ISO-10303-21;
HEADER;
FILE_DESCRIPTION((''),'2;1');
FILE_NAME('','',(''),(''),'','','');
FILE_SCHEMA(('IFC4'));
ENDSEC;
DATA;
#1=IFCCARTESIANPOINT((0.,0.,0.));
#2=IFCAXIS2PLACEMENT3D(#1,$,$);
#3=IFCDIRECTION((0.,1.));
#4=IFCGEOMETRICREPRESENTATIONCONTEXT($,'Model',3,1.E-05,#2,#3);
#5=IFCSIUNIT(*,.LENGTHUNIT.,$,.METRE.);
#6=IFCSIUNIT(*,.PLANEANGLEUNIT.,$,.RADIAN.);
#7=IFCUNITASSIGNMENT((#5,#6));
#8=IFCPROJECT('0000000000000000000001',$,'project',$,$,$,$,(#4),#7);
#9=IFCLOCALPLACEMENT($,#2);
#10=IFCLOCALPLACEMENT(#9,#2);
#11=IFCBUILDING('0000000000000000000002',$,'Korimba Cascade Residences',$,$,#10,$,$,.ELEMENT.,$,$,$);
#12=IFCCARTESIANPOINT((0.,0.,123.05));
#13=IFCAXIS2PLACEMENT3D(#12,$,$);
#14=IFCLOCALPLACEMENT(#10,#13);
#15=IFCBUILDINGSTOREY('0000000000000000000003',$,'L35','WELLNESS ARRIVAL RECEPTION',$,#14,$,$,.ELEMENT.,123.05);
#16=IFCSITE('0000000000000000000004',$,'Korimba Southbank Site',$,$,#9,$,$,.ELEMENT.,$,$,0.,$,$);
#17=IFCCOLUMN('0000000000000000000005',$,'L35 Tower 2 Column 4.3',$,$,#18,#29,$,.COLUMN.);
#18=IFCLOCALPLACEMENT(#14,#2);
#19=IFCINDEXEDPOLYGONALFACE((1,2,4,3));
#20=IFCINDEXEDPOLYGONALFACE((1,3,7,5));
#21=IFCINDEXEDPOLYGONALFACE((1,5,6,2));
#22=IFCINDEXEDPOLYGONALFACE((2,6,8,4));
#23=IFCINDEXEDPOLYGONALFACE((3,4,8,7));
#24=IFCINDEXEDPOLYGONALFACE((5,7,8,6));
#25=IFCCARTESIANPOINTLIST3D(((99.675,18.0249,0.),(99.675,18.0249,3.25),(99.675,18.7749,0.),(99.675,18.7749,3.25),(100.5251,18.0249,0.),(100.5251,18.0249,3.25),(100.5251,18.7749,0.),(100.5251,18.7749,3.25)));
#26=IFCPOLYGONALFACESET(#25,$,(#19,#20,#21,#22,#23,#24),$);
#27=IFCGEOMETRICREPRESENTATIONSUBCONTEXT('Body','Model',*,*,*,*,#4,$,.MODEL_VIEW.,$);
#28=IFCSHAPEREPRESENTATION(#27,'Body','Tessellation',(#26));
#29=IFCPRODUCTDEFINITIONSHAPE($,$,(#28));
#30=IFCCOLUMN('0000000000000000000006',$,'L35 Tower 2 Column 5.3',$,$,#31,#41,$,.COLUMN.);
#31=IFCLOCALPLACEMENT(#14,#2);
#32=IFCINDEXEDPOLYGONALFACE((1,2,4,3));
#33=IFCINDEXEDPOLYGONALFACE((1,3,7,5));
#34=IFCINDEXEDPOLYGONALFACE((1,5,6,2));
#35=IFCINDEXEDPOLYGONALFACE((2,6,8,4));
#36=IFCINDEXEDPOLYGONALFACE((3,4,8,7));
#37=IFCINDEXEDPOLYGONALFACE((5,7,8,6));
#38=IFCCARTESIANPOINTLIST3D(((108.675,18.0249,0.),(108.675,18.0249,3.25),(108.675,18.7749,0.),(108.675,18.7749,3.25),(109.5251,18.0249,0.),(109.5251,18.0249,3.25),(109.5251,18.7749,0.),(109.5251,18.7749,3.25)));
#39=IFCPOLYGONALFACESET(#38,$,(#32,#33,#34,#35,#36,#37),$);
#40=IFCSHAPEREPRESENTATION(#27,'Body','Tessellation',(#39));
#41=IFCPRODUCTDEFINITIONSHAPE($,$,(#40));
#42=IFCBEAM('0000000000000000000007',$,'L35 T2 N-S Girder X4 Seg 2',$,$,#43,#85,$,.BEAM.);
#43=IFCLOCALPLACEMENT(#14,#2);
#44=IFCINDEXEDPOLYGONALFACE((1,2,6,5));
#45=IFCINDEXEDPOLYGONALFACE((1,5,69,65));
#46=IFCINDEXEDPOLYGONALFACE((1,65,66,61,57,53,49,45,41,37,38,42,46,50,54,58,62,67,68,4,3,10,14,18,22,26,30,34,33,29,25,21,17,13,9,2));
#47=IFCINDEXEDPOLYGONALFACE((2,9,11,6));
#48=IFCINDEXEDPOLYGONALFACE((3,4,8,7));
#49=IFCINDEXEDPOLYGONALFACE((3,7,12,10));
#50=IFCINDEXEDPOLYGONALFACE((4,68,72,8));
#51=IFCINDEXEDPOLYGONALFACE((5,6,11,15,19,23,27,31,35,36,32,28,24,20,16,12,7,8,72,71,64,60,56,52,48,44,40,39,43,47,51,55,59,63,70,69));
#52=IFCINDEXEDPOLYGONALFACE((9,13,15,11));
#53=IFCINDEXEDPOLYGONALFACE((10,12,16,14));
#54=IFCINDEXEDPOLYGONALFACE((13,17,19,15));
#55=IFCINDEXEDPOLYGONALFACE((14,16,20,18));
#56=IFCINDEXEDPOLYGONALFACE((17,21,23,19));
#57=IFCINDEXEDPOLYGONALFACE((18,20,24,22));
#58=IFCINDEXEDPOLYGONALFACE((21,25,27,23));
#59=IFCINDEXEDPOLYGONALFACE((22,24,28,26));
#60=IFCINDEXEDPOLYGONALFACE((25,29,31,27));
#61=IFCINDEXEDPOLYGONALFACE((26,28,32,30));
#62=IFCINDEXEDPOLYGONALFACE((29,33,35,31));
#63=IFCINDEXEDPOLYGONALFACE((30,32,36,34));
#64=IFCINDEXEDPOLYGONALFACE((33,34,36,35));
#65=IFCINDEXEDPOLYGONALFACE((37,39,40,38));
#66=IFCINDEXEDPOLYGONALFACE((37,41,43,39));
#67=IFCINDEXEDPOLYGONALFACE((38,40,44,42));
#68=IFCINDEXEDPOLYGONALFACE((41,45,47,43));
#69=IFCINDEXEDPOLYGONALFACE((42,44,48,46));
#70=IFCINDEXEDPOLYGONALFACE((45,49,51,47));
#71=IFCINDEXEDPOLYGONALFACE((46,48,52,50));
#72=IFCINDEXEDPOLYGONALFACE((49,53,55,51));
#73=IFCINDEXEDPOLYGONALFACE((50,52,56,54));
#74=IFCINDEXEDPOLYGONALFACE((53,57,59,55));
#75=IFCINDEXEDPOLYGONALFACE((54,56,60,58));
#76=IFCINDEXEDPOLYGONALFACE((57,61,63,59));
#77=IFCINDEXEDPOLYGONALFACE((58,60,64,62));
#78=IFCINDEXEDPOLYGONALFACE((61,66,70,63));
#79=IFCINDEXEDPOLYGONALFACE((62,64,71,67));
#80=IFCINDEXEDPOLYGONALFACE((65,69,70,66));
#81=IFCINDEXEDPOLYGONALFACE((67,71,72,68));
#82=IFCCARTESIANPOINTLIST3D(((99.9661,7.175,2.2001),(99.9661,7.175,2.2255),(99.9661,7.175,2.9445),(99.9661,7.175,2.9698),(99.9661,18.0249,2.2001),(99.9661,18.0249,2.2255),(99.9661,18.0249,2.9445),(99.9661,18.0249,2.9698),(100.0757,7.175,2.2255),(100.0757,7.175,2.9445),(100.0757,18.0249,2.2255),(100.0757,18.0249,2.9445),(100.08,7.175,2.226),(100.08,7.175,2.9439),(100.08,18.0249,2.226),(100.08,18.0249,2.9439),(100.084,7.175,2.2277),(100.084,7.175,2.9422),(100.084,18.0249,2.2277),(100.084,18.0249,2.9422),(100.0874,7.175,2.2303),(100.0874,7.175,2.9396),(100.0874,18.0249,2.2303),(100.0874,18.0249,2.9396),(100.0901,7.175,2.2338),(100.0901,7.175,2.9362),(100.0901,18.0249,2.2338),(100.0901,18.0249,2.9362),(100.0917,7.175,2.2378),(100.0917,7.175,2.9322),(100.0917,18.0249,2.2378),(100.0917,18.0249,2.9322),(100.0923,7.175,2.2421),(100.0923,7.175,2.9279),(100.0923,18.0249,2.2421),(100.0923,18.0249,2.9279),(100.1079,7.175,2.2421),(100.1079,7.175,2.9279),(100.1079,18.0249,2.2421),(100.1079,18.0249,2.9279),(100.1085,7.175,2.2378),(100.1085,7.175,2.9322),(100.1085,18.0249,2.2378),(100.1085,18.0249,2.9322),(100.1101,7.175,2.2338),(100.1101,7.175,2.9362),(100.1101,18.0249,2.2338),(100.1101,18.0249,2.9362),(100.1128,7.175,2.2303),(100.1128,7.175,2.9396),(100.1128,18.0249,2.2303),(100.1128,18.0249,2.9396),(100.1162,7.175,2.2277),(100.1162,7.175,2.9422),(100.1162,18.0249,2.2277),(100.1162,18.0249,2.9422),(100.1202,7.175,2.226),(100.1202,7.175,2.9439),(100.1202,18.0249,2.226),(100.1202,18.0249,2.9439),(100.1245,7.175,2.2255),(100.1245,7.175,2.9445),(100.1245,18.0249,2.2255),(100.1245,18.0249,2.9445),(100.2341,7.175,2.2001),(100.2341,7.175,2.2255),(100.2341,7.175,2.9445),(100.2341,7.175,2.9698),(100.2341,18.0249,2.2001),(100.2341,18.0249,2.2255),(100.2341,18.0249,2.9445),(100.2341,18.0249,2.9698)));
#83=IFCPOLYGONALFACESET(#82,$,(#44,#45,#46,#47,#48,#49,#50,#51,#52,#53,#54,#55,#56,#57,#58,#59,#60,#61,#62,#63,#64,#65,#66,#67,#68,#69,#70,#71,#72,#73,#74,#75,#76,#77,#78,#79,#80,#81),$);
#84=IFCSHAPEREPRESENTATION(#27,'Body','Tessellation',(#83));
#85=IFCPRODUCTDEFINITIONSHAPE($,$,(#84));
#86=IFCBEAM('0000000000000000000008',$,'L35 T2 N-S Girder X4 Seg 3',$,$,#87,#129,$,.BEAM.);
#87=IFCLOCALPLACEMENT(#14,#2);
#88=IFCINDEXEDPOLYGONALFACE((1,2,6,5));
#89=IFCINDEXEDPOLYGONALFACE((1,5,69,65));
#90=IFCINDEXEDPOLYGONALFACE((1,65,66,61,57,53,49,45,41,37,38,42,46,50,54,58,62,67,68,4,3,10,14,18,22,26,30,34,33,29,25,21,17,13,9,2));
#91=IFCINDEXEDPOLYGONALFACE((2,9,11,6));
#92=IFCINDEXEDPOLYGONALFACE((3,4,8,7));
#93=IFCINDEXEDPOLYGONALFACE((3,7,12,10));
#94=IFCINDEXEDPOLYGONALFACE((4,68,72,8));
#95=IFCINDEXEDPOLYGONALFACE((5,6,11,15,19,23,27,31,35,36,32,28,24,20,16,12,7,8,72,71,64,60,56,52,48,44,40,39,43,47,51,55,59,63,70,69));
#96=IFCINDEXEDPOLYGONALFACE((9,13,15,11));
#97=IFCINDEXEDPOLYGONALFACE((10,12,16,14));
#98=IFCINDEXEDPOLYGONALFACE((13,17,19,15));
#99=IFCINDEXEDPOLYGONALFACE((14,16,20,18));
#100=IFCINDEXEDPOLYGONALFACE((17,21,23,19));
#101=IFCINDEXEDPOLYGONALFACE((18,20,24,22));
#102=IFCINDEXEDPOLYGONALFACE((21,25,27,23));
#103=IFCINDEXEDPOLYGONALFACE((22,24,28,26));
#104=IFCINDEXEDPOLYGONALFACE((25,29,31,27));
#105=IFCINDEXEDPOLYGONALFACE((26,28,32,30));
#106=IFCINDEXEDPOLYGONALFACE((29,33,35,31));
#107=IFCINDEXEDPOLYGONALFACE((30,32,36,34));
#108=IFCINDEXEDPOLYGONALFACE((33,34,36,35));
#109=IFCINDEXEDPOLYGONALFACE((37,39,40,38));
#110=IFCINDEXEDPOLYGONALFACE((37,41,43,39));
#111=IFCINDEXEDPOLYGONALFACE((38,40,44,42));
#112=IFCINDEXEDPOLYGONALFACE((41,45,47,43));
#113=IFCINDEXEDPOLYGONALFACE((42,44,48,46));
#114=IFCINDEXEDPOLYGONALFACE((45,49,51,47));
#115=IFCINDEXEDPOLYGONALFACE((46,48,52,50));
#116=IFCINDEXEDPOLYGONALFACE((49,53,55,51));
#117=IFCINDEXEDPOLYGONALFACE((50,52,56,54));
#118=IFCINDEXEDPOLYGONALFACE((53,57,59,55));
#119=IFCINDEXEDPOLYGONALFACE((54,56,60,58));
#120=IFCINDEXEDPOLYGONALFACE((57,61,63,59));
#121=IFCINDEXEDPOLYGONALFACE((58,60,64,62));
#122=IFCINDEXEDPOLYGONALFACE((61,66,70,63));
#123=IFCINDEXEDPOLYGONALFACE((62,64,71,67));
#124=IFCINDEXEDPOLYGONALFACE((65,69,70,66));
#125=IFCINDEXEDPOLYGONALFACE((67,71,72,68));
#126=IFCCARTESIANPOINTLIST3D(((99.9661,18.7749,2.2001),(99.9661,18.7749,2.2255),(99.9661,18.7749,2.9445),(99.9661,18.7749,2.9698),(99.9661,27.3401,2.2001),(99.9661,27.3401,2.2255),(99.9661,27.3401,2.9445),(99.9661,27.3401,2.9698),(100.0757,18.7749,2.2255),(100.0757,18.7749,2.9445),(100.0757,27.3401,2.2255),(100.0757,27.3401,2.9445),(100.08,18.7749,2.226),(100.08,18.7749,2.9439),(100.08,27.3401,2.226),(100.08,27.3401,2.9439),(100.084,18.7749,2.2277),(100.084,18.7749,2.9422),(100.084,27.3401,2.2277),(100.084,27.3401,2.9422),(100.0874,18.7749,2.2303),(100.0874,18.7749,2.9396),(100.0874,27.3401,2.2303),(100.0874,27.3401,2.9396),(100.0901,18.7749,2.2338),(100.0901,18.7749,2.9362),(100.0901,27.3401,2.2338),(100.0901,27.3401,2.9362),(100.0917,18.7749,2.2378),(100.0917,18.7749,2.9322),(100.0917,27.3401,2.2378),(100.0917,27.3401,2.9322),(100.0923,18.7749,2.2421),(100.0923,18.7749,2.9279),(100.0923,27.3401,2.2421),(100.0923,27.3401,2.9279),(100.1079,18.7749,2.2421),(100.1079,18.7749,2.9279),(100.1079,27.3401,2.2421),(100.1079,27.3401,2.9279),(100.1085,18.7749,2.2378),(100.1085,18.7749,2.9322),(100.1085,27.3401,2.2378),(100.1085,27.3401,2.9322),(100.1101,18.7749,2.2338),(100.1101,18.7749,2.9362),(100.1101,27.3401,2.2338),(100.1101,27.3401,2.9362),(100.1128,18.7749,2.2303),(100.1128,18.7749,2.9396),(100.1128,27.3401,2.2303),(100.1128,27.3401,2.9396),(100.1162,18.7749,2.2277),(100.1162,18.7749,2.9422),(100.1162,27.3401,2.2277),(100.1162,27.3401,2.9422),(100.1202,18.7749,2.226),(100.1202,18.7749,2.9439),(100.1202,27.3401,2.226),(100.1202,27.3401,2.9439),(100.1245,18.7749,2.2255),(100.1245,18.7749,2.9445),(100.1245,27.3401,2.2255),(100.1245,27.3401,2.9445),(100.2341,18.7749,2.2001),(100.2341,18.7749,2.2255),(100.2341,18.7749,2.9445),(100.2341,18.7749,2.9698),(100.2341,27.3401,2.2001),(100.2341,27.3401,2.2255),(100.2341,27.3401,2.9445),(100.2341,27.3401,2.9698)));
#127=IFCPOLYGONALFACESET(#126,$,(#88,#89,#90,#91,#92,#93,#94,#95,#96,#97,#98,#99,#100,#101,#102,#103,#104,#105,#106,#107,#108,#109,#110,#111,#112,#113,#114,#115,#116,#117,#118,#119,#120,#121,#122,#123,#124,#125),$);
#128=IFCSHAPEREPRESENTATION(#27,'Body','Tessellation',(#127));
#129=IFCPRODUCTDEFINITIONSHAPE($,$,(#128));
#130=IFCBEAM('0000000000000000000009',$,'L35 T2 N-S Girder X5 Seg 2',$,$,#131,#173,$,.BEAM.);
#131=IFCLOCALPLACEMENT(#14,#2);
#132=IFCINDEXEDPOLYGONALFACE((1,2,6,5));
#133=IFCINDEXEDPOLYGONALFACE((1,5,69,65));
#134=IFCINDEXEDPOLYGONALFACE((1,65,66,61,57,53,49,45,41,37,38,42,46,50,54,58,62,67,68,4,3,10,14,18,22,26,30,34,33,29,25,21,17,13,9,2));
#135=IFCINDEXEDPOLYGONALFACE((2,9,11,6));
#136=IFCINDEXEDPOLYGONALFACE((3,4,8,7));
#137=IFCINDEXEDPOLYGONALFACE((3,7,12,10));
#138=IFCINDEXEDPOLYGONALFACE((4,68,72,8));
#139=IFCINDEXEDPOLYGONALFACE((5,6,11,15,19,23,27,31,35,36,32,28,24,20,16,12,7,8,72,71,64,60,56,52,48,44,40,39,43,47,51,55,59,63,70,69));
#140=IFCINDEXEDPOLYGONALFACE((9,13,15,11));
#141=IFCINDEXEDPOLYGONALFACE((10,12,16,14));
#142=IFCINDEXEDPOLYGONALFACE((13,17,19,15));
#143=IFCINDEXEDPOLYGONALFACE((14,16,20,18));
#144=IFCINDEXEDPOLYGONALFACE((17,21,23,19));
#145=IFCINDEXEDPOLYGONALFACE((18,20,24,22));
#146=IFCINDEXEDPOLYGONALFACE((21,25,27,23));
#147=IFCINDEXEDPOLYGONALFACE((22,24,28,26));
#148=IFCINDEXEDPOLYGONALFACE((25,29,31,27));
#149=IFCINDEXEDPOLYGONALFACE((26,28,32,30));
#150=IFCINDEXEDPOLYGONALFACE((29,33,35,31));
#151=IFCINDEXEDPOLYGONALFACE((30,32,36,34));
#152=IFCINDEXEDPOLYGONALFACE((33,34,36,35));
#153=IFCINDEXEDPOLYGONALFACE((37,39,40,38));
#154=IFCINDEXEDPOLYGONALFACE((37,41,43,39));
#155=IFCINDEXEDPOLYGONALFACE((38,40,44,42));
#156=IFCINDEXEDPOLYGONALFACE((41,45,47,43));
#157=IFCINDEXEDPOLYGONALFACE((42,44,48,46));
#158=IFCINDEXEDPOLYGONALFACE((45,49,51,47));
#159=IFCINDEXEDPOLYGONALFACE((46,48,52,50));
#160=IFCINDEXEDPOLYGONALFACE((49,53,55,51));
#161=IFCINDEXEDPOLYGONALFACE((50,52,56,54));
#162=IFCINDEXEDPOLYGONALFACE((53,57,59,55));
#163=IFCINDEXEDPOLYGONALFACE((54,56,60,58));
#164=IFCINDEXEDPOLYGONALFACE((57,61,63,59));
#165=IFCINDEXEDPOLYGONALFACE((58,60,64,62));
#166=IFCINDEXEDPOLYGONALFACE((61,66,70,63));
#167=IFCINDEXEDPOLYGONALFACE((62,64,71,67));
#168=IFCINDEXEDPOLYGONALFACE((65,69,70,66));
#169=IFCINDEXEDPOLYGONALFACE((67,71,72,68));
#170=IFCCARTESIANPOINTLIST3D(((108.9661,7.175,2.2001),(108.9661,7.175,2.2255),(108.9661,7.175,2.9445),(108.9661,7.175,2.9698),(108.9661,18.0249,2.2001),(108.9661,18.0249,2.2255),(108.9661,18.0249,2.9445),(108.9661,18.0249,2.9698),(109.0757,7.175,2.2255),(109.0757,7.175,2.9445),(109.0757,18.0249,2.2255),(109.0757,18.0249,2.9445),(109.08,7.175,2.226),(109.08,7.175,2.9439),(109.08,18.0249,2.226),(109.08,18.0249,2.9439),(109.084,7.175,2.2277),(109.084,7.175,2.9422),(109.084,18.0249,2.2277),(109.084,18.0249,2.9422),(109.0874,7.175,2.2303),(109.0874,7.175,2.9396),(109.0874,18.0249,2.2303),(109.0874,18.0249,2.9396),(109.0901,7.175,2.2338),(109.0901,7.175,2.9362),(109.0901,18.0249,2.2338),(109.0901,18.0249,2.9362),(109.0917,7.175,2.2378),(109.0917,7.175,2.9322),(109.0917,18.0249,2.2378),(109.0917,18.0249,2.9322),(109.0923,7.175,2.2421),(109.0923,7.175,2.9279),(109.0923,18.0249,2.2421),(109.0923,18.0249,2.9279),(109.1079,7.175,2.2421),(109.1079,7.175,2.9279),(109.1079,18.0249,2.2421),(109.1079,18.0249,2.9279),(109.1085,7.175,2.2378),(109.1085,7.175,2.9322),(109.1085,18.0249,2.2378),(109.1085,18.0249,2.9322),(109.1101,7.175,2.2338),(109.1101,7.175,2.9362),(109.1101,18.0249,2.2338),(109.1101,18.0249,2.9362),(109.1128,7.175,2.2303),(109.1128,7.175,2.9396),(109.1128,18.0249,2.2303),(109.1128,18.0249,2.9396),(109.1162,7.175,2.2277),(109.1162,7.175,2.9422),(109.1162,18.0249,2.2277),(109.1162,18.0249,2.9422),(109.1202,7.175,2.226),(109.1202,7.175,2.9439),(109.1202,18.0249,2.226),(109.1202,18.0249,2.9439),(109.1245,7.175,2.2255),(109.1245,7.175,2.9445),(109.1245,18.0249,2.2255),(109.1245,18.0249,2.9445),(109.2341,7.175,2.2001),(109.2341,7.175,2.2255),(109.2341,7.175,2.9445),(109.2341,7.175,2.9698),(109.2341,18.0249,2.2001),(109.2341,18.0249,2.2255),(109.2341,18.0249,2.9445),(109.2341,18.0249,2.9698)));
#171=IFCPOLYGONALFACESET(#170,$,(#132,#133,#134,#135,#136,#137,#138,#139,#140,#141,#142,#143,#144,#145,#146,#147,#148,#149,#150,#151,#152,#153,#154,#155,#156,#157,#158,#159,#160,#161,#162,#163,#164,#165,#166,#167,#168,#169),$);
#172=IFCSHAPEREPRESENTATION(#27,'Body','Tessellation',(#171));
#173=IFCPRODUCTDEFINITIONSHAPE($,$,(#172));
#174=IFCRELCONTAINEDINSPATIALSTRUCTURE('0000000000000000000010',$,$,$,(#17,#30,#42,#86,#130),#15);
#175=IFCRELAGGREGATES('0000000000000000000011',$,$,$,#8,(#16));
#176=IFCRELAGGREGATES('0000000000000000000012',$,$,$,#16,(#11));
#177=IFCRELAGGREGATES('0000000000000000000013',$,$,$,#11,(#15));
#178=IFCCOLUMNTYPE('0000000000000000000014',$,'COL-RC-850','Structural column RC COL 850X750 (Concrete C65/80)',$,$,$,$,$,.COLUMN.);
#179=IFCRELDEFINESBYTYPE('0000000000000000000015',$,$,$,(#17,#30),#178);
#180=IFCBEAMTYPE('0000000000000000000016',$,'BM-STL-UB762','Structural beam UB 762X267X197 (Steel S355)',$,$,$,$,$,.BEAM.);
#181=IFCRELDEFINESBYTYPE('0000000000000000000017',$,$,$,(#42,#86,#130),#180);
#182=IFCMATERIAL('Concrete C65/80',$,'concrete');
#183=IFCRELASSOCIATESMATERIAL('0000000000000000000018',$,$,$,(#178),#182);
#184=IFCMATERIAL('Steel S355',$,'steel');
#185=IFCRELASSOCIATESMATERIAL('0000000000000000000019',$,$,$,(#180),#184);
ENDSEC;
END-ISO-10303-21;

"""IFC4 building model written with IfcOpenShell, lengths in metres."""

from ifc_helpers import new_model, si_unit, direction, frame, origin, origin_2d, place, context, subcontext, project, spatial, rectangle, i_section, extrude, material, material_profile, profile_set, type_object, element, save


model = new_model("IFC4")

# Units and contexts
model_context = context("Model", 3, precision=1e-05, world=origin(), true_north=direction((0.0, 1.0)))
body_context = subcontext(model_context, "Body", "Model", "MODEL_VIEW")
ifc_project = project(units=[si_unit("LENGTHUNIT", "METRE"), si_unit("PLANEANGLEUNIT", "RADIAN")], contexts=[model_context])

# Site, building, storey
site_placement = place(None, origin())
site = spatial("IfcSite", under=ifc_project, at=site_placement, Name="Korimba Southbank Site", CompositionType="ELEMENT", RefElevation=0.0)
building_placement = place(site_placement, origin())
building = spatial("IfcBuilding", under=site, at=building_placement, Name="Korimba Cascade Residences", CompositionType="ELEMENT")
storey_placement = place(building_placement, frame((0.0, 0.0, 123.05)))
storey = spatial("IfcBuildingStorey", under=building, at=storey_placement, Name="L35", Description="WELLNESS ARRIVAL RECEPTION", CompositionType="ELEMENT", Elevation=123.05)

# Columns
ifc_material_1 = material(Name="Concrete C65/80", Category="concrete")
ifc_material_profile_1 = material_profile(ifc_material_1, rectangle(XDim=0.8501, YDim=0.75, at=origin_2d()), Name="Concrete C65/80")
ifc_profile_set_1 = profile_set([ifc_material_profile_1], Name="Concrete C65/80")
column_type = type_object("IfcColumnType", Name="COL-RC-850", Description="Structural column RC COL 850X750 (Concrete C65/80)", PredefinedType="COLUMN", material=ifc_profile_set_1)
for number, where, z_axis, x_axis, name in (
    (1, (100.1001, 18.3999, 0.0), (0.0, 0.0, 1.0), (1.0, 0.0, 0.0), "L35 Tower 2 Column 4.3"),
    (2, (109.1001, 18.3999, 0.0), (0.0, 0.0, 1.0), (1.0, 0.0, 0.0), "L35 Tower 2 Column 5.3"),
):
    element("IfcColumn", number, at=place(storey_placement, frame(where, z_axis=z_axis, x_axis=x_axis)), inside=storey, type_object=column_type, Name=name, PredefinedType="COLUMN", context=body_context, shape_type="SweptSolid", body=[
        extrude(rectangle(XDim=0.8501, YDim=0.75, at=origin_2d()), origin(), (0.0, 0.0, 1.0), 3.25),
    ])

# Beams
ifc_material_2 = material(Name="Steel S355", Category="steel")
ifc_material_profile_2 = material_profile(ifc_material_2, i_section(OverallWidth=0.2681, OverallDepth=0.7698, WebThickness=0.0156, FlangeThickness=0.0254, FilletRadius=0.0166, at=origin_2d()), Name="Steel S355")
ifc_profile_set_2 = profile_set([ifc_material_profile_2], Name="Steel S355")
beam_type = type_object("IfcBeamType", Name="BM-STL-UB762", Description="Structural beam UB 762X267X197 (Steel S355)", PredefinedType="BEAM", material=ifc_profile_set_2)
beam_1_placement = place(storey_placement, frame((100.1001, 7.175, 2.585), z_axis=(0.0, 1.0, 0.0), x_axis=(-1.0, 0.0, 0.0)))
element("IfcBeam", 3, at=beam_1_placement, inside=storey, type_object=beam_type, Name="L35 T2 N-S Girder X4 Seg 2", PredefinedType="BEAM", context=body_context, shape_type="SweptSolid", body=[
    extrude(i_section(OverallWidth=0.2681, OverallDepth=0.7698, WebThickness=0.0156, FlangeThickness=0.0254, FilletRadius=0.0166, at=origin_2d()), origin(), (0.0, 0.0, 1.0), 10.8499),
])
beam_2_placement = place(storey_placement, frame((100.1001, 18.7749, 2.585), z_axis=(0.0, 1.0, 0.0), x_axis=(-1.0, 0.0, 0.0)))
element("IfcBeam", 4, at=beam_2_placement, inside=storey, type_object=beam_type, Name="L35 T2 N-S Girder X4 Seg 3", PredefinedType="BEAM", context=body_context, shape_type="SweptSolid", body=[
    extrude(i_section(OverallWidth=0.2681, OverallDepth=0.7698, WebThickness=0.0156, FlangeThickness=0.0254, FilletRadius=0.0166, at=origin_2d()), origin(), (0.0, 0.0, 1.0), 8.5652),
])
beam_3_placement = place(storey_placement, frame((109.1001, 7.175, 2.585), z_axis=(0.0, 1.0, 0.0), x_axis=(-1.0, 0.0, 0.0)))
element("IfcBeam", 5, at=beam_3_placement, inside=storey, type_object=beam_type, Name="L35 T2 N-S Girder X5 Seg 2", PredefinedType="BEAM", context=body_context, shape_type="SweptSolid", body=[
    extrude(i_section(OverallWidth=0.2681, OverallDepth=0.7698, WebThickness=0.0156, FlangeThickness=0.0254, FilletRadius=0.0166, at=origin_2d()), origin(), (0.0, 0.0, 1.0), 10.8499),
])

save(model, "model.ifc")
